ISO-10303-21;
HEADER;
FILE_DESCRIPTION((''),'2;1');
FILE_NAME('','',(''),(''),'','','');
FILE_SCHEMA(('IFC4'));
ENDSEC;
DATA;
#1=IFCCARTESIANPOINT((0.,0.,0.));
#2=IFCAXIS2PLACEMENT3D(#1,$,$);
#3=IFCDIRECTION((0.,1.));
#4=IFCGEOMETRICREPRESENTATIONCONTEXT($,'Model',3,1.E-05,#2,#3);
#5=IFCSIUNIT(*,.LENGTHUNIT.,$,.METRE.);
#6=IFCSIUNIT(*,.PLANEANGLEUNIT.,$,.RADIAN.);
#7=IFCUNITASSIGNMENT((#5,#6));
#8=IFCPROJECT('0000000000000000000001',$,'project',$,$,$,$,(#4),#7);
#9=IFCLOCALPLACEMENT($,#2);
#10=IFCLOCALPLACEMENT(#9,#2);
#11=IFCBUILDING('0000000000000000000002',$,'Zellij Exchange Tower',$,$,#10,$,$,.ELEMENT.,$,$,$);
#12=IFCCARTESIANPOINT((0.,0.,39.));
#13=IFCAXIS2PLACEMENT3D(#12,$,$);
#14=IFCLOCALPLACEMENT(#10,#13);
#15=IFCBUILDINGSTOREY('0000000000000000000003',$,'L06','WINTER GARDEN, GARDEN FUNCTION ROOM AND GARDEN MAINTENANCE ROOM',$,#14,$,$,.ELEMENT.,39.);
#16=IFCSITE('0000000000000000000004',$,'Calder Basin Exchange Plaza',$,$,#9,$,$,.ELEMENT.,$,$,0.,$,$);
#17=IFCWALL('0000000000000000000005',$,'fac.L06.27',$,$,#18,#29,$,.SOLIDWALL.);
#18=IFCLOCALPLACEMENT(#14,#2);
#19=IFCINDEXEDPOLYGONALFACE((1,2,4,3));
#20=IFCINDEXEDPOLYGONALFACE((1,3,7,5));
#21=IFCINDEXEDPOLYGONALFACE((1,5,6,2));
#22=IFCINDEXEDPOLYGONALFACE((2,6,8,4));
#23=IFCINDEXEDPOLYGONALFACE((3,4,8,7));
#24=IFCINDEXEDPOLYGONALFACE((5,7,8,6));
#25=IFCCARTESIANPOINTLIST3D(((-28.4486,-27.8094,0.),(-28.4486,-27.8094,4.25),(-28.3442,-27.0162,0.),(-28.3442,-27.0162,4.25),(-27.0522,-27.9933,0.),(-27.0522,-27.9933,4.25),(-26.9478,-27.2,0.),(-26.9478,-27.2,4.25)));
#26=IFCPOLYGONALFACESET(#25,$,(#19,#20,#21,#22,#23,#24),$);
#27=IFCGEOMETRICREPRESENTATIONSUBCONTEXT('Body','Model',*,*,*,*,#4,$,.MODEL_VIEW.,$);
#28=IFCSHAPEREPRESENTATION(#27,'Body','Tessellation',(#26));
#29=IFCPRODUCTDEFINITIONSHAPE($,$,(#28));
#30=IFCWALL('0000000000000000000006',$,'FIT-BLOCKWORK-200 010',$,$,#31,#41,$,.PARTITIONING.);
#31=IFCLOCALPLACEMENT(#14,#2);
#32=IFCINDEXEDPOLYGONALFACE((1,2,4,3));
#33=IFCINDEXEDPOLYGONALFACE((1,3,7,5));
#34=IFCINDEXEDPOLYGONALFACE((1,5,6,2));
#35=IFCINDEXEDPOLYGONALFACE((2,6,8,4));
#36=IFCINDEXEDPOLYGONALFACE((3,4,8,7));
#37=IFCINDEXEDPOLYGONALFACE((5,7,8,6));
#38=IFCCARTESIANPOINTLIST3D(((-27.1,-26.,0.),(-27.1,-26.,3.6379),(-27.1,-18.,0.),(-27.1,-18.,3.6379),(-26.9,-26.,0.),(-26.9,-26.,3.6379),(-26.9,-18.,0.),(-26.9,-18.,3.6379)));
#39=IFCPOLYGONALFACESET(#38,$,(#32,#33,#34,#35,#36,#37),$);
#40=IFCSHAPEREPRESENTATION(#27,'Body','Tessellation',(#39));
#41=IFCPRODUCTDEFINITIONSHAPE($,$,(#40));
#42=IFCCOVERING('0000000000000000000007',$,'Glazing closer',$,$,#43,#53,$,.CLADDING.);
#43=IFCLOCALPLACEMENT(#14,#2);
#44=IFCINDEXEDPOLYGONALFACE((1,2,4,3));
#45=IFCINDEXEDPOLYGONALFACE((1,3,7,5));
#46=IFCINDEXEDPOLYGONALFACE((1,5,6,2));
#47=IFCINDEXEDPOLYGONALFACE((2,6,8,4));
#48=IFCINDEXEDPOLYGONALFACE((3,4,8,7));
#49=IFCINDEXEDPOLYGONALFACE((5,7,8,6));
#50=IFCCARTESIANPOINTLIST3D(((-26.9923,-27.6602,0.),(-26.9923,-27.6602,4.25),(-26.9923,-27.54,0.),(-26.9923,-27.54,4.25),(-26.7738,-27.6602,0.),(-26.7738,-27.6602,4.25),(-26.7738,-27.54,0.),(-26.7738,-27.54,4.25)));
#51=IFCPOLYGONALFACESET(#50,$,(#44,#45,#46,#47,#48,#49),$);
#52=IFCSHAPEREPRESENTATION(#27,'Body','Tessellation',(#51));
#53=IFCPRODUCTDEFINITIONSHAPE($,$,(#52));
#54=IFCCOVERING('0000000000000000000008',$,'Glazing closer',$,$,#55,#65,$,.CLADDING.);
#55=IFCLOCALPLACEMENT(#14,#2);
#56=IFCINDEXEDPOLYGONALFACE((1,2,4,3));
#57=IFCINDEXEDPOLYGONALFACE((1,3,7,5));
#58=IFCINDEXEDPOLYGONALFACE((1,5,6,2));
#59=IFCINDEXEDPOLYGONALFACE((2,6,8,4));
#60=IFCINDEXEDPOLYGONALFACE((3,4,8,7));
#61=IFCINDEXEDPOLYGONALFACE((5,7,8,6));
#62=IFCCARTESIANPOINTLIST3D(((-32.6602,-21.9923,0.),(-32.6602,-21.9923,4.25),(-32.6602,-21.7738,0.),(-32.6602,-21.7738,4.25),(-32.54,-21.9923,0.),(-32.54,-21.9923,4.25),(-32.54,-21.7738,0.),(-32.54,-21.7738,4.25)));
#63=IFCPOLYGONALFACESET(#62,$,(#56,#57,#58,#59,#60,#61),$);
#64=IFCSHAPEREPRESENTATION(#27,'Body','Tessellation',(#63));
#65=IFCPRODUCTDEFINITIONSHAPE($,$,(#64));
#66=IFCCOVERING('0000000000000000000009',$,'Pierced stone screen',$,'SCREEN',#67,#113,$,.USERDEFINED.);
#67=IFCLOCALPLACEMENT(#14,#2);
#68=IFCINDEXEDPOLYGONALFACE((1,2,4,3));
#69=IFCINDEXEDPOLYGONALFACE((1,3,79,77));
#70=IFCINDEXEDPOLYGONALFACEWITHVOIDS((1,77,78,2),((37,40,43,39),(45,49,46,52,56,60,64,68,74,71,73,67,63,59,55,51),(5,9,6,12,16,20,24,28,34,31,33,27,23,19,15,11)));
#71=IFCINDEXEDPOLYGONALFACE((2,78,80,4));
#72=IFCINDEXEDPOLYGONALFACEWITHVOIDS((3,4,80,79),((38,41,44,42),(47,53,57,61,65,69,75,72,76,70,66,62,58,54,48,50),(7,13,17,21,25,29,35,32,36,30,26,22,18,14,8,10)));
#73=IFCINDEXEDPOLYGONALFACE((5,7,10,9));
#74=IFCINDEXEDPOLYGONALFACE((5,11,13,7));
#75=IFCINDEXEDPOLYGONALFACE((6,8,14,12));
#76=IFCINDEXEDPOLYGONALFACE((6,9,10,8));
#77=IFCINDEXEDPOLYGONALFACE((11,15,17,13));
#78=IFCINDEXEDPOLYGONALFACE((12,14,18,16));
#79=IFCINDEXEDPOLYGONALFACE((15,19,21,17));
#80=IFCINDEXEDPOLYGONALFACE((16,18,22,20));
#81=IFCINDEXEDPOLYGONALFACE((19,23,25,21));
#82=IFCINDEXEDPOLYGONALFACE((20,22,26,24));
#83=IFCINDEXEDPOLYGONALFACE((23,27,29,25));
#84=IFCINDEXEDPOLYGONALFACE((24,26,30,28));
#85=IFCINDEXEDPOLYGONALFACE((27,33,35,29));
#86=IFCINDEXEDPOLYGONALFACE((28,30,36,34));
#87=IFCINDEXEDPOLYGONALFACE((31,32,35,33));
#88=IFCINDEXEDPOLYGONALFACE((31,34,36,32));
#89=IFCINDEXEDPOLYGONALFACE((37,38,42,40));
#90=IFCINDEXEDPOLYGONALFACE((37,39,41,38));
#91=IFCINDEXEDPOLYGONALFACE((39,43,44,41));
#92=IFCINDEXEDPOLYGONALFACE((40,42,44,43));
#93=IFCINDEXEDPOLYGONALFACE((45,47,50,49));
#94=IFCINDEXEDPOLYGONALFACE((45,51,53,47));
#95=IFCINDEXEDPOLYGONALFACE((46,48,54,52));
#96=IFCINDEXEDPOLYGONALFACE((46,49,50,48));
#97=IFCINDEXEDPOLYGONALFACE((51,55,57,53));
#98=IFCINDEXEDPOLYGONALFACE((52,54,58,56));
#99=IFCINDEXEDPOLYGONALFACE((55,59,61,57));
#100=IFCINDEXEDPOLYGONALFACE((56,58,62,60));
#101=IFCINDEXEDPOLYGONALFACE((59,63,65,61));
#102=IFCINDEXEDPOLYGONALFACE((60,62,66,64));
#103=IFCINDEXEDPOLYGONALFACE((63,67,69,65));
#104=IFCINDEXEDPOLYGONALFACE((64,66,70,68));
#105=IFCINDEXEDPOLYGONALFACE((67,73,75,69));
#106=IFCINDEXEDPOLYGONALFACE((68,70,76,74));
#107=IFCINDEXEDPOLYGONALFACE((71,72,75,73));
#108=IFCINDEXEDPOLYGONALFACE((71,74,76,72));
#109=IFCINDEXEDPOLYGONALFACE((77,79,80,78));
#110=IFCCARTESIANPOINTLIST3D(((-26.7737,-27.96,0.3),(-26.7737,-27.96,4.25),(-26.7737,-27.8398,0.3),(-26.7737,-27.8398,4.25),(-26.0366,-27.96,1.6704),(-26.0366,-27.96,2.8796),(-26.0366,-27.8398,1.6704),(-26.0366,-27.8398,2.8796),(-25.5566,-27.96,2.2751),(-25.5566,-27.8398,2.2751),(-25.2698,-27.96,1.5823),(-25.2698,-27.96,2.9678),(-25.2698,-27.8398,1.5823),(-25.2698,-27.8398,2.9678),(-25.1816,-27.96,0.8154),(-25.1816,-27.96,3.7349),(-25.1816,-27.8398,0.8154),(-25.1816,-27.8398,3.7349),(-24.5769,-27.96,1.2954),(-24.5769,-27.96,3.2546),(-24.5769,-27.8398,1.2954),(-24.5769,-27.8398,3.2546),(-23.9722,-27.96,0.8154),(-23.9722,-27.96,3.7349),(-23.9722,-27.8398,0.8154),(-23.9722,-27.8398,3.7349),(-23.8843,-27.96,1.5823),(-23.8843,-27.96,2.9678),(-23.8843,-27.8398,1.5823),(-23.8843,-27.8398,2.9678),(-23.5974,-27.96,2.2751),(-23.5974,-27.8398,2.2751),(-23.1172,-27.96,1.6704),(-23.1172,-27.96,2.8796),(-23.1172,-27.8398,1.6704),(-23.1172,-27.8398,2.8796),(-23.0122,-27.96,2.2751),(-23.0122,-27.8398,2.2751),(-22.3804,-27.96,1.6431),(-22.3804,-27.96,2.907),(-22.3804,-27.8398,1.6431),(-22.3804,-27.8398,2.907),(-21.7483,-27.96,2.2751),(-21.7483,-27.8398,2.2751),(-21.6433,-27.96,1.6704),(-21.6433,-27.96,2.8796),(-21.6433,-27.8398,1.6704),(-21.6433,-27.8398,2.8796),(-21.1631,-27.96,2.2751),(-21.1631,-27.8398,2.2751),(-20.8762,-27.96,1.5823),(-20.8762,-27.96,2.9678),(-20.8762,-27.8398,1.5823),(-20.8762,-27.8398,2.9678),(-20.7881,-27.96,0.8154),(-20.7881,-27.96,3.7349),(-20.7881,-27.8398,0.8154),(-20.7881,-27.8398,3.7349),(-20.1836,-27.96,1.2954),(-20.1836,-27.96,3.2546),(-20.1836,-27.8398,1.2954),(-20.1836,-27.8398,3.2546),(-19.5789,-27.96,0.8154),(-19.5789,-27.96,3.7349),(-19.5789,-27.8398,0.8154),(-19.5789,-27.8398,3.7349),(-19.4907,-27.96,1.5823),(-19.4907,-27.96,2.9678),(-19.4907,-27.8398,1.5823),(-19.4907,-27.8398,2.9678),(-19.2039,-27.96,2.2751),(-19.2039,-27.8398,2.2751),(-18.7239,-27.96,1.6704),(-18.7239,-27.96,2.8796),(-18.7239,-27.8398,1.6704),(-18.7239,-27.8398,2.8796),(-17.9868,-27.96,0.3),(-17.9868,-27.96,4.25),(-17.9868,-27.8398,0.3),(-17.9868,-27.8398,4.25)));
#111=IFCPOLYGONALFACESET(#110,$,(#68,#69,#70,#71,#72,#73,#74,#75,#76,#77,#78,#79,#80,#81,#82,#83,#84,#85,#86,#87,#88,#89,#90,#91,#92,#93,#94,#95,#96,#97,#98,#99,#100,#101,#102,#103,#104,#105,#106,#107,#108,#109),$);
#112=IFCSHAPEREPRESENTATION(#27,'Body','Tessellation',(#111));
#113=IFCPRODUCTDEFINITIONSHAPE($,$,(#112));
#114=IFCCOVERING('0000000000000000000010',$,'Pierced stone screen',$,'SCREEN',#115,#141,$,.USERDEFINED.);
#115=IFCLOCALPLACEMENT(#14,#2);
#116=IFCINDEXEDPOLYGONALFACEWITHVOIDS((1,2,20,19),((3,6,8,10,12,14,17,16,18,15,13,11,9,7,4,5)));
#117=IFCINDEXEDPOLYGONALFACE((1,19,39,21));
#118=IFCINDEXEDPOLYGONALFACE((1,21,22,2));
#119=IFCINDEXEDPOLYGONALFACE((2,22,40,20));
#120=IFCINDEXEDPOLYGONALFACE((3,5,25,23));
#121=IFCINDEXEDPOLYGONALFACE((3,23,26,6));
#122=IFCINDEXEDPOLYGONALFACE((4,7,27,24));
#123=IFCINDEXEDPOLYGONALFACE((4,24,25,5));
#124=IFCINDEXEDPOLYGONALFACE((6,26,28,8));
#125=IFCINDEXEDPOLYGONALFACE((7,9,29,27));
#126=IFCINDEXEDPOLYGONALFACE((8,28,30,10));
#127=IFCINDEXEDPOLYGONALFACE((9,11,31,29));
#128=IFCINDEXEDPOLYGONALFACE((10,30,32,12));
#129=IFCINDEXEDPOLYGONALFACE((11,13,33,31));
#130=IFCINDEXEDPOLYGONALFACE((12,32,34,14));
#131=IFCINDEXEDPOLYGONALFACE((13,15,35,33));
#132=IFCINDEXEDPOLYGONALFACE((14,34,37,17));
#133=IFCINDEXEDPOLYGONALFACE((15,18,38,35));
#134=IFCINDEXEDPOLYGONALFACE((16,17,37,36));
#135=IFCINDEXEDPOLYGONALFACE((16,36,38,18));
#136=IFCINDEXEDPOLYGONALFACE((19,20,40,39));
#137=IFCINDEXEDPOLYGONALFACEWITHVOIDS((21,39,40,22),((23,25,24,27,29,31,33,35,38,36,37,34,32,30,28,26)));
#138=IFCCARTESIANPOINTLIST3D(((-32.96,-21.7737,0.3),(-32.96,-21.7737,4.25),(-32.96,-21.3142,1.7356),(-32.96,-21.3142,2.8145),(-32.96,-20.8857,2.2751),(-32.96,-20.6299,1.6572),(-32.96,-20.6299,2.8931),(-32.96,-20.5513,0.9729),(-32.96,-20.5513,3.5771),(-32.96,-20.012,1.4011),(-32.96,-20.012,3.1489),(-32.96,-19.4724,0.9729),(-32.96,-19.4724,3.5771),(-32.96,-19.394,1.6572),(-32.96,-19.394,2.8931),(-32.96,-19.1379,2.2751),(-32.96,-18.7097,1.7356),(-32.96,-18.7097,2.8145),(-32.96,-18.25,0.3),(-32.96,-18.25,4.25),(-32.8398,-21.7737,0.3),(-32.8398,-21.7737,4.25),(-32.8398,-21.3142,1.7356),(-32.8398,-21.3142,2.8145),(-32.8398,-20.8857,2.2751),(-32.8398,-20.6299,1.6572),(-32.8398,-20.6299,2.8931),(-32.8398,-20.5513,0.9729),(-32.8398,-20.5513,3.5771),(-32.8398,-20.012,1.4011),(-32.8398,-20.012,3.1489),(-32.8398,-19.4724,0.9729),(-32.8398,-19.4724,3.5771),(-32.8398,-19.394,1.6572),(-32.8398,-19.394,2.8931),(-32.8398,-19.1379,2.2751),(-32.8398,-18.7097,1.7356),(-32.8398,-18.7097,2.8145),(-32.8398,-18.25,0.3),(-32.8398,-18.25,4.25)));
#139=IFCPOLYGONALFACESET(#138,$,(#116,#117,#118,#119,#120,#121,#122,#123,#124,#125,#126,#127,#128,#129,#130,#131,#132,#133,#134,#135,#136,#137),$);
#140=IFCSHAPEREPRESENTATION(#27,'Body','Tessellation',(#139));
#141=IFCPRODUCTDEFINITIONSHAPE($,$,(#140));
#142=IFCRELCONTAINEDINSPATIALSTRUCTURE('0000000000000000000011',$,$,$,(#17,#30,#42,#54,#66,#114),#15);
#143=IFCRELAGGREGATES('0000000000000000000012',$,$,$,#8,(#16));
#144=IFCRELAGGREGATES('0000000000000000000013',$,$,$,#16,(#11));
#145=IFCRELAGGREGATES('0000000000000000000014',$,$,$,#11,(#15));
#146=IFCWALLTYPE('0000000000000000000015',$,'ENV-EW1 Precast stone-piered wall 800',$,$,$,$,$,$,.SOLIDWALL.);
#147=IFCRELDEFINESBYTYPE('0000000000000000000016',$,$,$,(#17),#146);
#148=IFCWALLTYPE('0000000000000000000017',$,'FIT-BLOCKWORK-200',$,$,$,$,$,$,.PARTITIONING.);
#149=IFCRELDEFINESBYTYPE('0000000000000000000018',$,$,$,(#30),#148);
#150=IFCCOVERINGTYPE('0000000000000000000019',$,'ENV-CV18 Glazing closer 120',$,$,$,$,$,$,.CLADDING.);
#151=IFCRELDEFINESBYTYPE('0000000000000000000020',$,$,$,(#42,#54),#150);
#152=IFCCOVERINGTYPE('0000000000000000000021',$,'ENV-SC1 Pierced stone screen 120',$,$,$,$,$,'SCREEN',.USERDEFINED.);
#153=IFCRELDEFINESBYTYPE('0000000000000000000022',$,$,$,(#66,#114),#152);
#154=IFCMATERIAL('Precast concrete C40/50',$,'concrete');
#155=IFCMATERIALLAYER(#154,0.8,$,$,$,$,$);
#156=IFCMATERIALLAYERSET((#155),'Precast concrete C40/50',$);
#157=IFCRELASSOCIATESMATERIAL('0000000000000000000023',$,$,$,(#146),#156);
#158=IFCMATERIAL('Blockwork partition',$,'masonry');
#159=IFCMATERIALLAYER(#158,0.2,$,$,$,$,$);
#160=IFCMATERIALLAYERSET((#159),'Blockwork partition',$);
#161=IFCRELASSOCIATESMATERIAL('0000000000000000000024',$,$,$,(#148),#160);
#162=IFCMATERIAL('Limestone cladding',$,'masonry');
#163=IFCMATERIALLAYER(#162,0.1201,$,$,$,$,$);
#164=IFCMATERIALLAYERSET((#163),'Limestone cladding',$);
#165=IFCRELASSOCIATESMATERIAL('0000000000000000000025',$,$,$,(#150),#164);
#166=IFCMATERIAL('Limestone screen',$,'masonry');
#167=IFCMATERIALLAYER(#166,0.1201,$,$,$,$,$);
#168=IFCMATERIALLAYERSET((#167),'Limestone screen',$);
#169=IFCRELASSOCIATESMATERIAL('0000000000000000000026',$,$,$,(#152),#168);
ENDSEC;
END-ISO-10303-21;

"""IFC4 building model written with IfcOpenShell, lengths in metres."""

from ifc_helpers import new_model, si_unit, direction, frame, frame_2d, origin, origin_2d, place, context, subcontext, project, spatial, polyline, rectangle, outline, extrude, material, layer, layer_set, type_object, element, save


model = new_model("IFC4")

# Units and contexts
model_context = context("Model", 3, precision=1e-05, world=origin(), true_north=direction((0.0, 1.0)))
body_context = subcontext(model_context, "Body", "Model", "MODEL_VIEW")
ifc_project = project(units=[si_unit("LENGTHUNIT", "METRE"), si_unit("PLANEANGLEUNIT", "RADIAN")], contexts=[model_context])

# Site, building, storey
site_placement = place(None, origin())
site = spatial("IfcSite", under=ifc_project, at=site_placement, Name="Calder Basin Exchange Plaza", CompositionType="ELEMENT", RefElevation=0.0)
building_placement = place(site_placement, origin())
building = spatial("IfcBuilding", under=site, at=building_placement, Name="Zellij Exchange Tower", CompositionType="ELEMENT")
storey_placement = place(building_placement, frame((0.0, 0.0, 39.0)))
storey = spatial("IfcBuildingStorey", under=building, at=storey_placement, Name="L06", Description="WINTER GARDEN, GARDEN FUNCTION ROOM AND GARDEN MAINTENANCE ROOM", CompositionType="ELEMENT", Elevation=39.0)

# Walls
ifc_material_1 = material(Name="Precast concrete C40/50", Category="concrete")
ifc_layer_1 = layer(ifc_material_1, 0.8)
ifc_layer_set_1 = layer_set([ifc_layer_1], Name="Precast concrete C40/50")
wall_type_1 = type_object("IfcWallType", Name="ENV-EW1 Precast stone-piered wall 800", PredefinedType="SOLIDWALL", material=ifc_layer_set_1)
wall_1_placement = place(storey_placement, frame((-28.3962, -27.4128, 0.0), z_axis=(0.0, 0.0, 1.0), x_axis=(0.991446, -0.130517, 0.0)))
element("IfcWall", 1, at=wall_1_placement, inside=storey, type_object=wall_type_1, Name="fac.L06.27", PredefinedType="SOLIDWALL", context=body_context, shape_type="SweptSolid", body=[
    extrude(rectangle(XDim=1.4084, YDim=0.8, at=frame_2d((0.7041, 0.0))), origin(), (0.0, 0.0, 1.0), 4.25),
])
ifc_material_2 = material(Name="Blockwork partition", Category="masonry")
ifc_layer_2 = layer(ifc_material_2, 0.2)
ifc_layer_set_2 = layer_set([ifc_layer_2], Name="Blockwork partition")
wall_type_2 = type_object("IfcWallType", Name="FIT-BLOCKWORK-200", PredefinedType="PARTITIONING", material=ifc_layer_set_2)
wall_2_placement = place(storey_placement, frame((-27.0, -26.0, 0.0), z_axis=(0.0, 0.0, 1.0), x_axis=(0.0, 1.0, 0.0)))
element("IfcWall", 2, at=wall_2_placement, inside=storey, type_object=wall_type_2, Name="FIT-BLOCKWORK-200 010", PredefinedType="PARTITIONING", context=body_context, shape_type="SweptSolid", body=[
    extrude(rectangle(XDim=8.0, YDim=0.2, at=frame_2d((4.0, 0.0))), origin(), (0.0, 0.0, 1.0), 3.6379),
])

# Coverings
ifc_material_3 = material(Name="Limestone cladding", Category="masonry")
ifc_layer_3 = layer(ifc_material_3, 0.1201)
ifc_layer_set_3 = layer_set([ifc_layer_3], Name="Limestone cladding")
covering_type_1 = type_object("IfcCoveringType", Name="ENV-CV18 Glazing closer 120", PredefinedType="CLADDING", material=ifc_layer_set_3)
for number, where, z_axis, x_axis, name in (
    (3, (-26.8831, -27.6001, 0.0), (0.0, 0.0, 1.0), (-1.0, 0.0, 0.0), "Glazing closer"),
    (4, (-32.6001, -21.8831, 0.0), (0.0, 0.0, 1.0), (0.0, -1.0, 0.0), "Glazing closer"),
):
    element("IfcCovering", number, at=place(storey_placement, frame(where, z_axis=z_axis, x_axis=x_axis)), inside=storey, type_object=covering_type_1, Name=name, PredefinedType="CLADDING", context=body_context, shape_type="SweptSolid", body=[
        extrude(rectangle(XDim=0.2185, YDim=0.1201, at=origin_2d()), origin(), (0.0, 0.0, 1.0), 4.25),
    ])
ifc_material_4 = material(Name="Limestone screen", Category="masonry")
ifc_layer_4 = layer(ifc_material_4, 0.1201)
ifc_layer_set_4 = layer_set([ifc_layer_4], Name="Limestone screen")
covering_type_2 = type_object("IfcCoveringType", Name="ENV-SC1 Pierced stone screen 120", ElementType="SCREEN", PredefinedType="USERDEFINED", material=ifc_layer_set_4)
covering_1_placement = place(storey_placement, frame((-26.7737, -27.8999, 0.3), z_axis=(0.0, 0.0, 1.0), x_axis=(1.0, 0.0, 0.0)))
element("IfcCovering", 5, at=covering_1_placement, inside=storey, type_object=covering_type_2, Name="Pierced stone screen", ObjectType="SCREEN", PredefinedType="USERDEFINED", context=body_context, shape_type="SweptSolid", body=[
    extrude(outline(polyline([(0.0, 0.0), (8.7869, 0.0), (8.7869, 3.95), (0.0, 3.95), (0.0, 0.0)]), holes=[polyline([(3.6565, 2.5796), (2.8894, 2.6677), (2.8015, 3.4348), (2.1968, 2.9546), (1.592, 3.4348), (1.5039, 2.6677), (0.7371, 2.5796), (1.217, 1.9751), (0.7371, 1.3704), (1.5039, 1.2822), (1.592, 0.5154), (2.1968, 0.9954), (2.8015, 0.5154), (2.8894, 1.2822), (3.6565, 1.3704), (3.1763, 1.9751), (3.6565, 2.5796)]), polyline([(8.0498, 2.5796), (7.283, 2.6677), (7.1948, 3.4348), (6.5901, 2.9546), (5.9856, 3.4348), (5.8975, 2.6677), (5.1304, 2.5796), (5.6106, 1.9751), (5.1304, 1.3704), (5.8975, 1.2822), (5.9856, 0.5154), (6.5901, 0.9954), (7.1948, 0.5154), (7.283, 1.2822), (8.0498, 1.3704), (7.5698, 1.9751), (8.0498, 2.5796)]), polyline([(5.0254, 1.9751), (4.3933, 2.6069), (3.7615, 1.9751), (4.3933, 1.343), (5.0254, 1.9751)])]), frame((0.0, 0.0601, 0.0), z_axis=(0.0, -1.0, 0.0), x_axis=(1.0, 0.0, 0.0)), (0.0, 0.0, 1.0), 0.1201),
])
covering_2_placement = place(storey_placement, frame((-32.8999, -18.25, 0.3), z_axis=(0.0, 0.0, 1.0), x_axis=(0.0, -1.0, 0.0)))
element("IfcCovering", 6, at=covering_2_placement, inside=storey, type_object=covering_type_2, Name="Pierced stone screen", ObjectType="SCREEN", PredefinedType="USERDEFINED", context=body_context, shape_type="SweptSolid", body=[
    extrude(outline(polyline([(0.0, 0.0), (3.5237, 0.0), (3.5237, 3.95), (0.0, 3.95), (0.0, 0.0)]), holes=[polyline([(3.0642, 2.5144), (2.3799, 2.593), (2.3013, 3.2771), (1.762, 2.8489), (1.2224, 3.2771), (1.144, 2.593), (0.4597, 2.5144), (0.8879, 1.9751), (0.4597, 1.4355), (1.144, 1.3572), (1.2224, 0.6729), (1.762, 1.1011), (2.3013, 0.6729), (2.3799, 1.3572), (3.0642, 1.4355), (2.6357, 1.9751), (3.0642, 2.5144)])]), frame((0.0, 0.0601, 0.0), z_axis=(0.0, -1.0, 0.0), x_axis=(1.0, 0.0, 0.0)), (0.0, 0.0, 1.0), 0.1201),
])

save(model, "model.ifc")
